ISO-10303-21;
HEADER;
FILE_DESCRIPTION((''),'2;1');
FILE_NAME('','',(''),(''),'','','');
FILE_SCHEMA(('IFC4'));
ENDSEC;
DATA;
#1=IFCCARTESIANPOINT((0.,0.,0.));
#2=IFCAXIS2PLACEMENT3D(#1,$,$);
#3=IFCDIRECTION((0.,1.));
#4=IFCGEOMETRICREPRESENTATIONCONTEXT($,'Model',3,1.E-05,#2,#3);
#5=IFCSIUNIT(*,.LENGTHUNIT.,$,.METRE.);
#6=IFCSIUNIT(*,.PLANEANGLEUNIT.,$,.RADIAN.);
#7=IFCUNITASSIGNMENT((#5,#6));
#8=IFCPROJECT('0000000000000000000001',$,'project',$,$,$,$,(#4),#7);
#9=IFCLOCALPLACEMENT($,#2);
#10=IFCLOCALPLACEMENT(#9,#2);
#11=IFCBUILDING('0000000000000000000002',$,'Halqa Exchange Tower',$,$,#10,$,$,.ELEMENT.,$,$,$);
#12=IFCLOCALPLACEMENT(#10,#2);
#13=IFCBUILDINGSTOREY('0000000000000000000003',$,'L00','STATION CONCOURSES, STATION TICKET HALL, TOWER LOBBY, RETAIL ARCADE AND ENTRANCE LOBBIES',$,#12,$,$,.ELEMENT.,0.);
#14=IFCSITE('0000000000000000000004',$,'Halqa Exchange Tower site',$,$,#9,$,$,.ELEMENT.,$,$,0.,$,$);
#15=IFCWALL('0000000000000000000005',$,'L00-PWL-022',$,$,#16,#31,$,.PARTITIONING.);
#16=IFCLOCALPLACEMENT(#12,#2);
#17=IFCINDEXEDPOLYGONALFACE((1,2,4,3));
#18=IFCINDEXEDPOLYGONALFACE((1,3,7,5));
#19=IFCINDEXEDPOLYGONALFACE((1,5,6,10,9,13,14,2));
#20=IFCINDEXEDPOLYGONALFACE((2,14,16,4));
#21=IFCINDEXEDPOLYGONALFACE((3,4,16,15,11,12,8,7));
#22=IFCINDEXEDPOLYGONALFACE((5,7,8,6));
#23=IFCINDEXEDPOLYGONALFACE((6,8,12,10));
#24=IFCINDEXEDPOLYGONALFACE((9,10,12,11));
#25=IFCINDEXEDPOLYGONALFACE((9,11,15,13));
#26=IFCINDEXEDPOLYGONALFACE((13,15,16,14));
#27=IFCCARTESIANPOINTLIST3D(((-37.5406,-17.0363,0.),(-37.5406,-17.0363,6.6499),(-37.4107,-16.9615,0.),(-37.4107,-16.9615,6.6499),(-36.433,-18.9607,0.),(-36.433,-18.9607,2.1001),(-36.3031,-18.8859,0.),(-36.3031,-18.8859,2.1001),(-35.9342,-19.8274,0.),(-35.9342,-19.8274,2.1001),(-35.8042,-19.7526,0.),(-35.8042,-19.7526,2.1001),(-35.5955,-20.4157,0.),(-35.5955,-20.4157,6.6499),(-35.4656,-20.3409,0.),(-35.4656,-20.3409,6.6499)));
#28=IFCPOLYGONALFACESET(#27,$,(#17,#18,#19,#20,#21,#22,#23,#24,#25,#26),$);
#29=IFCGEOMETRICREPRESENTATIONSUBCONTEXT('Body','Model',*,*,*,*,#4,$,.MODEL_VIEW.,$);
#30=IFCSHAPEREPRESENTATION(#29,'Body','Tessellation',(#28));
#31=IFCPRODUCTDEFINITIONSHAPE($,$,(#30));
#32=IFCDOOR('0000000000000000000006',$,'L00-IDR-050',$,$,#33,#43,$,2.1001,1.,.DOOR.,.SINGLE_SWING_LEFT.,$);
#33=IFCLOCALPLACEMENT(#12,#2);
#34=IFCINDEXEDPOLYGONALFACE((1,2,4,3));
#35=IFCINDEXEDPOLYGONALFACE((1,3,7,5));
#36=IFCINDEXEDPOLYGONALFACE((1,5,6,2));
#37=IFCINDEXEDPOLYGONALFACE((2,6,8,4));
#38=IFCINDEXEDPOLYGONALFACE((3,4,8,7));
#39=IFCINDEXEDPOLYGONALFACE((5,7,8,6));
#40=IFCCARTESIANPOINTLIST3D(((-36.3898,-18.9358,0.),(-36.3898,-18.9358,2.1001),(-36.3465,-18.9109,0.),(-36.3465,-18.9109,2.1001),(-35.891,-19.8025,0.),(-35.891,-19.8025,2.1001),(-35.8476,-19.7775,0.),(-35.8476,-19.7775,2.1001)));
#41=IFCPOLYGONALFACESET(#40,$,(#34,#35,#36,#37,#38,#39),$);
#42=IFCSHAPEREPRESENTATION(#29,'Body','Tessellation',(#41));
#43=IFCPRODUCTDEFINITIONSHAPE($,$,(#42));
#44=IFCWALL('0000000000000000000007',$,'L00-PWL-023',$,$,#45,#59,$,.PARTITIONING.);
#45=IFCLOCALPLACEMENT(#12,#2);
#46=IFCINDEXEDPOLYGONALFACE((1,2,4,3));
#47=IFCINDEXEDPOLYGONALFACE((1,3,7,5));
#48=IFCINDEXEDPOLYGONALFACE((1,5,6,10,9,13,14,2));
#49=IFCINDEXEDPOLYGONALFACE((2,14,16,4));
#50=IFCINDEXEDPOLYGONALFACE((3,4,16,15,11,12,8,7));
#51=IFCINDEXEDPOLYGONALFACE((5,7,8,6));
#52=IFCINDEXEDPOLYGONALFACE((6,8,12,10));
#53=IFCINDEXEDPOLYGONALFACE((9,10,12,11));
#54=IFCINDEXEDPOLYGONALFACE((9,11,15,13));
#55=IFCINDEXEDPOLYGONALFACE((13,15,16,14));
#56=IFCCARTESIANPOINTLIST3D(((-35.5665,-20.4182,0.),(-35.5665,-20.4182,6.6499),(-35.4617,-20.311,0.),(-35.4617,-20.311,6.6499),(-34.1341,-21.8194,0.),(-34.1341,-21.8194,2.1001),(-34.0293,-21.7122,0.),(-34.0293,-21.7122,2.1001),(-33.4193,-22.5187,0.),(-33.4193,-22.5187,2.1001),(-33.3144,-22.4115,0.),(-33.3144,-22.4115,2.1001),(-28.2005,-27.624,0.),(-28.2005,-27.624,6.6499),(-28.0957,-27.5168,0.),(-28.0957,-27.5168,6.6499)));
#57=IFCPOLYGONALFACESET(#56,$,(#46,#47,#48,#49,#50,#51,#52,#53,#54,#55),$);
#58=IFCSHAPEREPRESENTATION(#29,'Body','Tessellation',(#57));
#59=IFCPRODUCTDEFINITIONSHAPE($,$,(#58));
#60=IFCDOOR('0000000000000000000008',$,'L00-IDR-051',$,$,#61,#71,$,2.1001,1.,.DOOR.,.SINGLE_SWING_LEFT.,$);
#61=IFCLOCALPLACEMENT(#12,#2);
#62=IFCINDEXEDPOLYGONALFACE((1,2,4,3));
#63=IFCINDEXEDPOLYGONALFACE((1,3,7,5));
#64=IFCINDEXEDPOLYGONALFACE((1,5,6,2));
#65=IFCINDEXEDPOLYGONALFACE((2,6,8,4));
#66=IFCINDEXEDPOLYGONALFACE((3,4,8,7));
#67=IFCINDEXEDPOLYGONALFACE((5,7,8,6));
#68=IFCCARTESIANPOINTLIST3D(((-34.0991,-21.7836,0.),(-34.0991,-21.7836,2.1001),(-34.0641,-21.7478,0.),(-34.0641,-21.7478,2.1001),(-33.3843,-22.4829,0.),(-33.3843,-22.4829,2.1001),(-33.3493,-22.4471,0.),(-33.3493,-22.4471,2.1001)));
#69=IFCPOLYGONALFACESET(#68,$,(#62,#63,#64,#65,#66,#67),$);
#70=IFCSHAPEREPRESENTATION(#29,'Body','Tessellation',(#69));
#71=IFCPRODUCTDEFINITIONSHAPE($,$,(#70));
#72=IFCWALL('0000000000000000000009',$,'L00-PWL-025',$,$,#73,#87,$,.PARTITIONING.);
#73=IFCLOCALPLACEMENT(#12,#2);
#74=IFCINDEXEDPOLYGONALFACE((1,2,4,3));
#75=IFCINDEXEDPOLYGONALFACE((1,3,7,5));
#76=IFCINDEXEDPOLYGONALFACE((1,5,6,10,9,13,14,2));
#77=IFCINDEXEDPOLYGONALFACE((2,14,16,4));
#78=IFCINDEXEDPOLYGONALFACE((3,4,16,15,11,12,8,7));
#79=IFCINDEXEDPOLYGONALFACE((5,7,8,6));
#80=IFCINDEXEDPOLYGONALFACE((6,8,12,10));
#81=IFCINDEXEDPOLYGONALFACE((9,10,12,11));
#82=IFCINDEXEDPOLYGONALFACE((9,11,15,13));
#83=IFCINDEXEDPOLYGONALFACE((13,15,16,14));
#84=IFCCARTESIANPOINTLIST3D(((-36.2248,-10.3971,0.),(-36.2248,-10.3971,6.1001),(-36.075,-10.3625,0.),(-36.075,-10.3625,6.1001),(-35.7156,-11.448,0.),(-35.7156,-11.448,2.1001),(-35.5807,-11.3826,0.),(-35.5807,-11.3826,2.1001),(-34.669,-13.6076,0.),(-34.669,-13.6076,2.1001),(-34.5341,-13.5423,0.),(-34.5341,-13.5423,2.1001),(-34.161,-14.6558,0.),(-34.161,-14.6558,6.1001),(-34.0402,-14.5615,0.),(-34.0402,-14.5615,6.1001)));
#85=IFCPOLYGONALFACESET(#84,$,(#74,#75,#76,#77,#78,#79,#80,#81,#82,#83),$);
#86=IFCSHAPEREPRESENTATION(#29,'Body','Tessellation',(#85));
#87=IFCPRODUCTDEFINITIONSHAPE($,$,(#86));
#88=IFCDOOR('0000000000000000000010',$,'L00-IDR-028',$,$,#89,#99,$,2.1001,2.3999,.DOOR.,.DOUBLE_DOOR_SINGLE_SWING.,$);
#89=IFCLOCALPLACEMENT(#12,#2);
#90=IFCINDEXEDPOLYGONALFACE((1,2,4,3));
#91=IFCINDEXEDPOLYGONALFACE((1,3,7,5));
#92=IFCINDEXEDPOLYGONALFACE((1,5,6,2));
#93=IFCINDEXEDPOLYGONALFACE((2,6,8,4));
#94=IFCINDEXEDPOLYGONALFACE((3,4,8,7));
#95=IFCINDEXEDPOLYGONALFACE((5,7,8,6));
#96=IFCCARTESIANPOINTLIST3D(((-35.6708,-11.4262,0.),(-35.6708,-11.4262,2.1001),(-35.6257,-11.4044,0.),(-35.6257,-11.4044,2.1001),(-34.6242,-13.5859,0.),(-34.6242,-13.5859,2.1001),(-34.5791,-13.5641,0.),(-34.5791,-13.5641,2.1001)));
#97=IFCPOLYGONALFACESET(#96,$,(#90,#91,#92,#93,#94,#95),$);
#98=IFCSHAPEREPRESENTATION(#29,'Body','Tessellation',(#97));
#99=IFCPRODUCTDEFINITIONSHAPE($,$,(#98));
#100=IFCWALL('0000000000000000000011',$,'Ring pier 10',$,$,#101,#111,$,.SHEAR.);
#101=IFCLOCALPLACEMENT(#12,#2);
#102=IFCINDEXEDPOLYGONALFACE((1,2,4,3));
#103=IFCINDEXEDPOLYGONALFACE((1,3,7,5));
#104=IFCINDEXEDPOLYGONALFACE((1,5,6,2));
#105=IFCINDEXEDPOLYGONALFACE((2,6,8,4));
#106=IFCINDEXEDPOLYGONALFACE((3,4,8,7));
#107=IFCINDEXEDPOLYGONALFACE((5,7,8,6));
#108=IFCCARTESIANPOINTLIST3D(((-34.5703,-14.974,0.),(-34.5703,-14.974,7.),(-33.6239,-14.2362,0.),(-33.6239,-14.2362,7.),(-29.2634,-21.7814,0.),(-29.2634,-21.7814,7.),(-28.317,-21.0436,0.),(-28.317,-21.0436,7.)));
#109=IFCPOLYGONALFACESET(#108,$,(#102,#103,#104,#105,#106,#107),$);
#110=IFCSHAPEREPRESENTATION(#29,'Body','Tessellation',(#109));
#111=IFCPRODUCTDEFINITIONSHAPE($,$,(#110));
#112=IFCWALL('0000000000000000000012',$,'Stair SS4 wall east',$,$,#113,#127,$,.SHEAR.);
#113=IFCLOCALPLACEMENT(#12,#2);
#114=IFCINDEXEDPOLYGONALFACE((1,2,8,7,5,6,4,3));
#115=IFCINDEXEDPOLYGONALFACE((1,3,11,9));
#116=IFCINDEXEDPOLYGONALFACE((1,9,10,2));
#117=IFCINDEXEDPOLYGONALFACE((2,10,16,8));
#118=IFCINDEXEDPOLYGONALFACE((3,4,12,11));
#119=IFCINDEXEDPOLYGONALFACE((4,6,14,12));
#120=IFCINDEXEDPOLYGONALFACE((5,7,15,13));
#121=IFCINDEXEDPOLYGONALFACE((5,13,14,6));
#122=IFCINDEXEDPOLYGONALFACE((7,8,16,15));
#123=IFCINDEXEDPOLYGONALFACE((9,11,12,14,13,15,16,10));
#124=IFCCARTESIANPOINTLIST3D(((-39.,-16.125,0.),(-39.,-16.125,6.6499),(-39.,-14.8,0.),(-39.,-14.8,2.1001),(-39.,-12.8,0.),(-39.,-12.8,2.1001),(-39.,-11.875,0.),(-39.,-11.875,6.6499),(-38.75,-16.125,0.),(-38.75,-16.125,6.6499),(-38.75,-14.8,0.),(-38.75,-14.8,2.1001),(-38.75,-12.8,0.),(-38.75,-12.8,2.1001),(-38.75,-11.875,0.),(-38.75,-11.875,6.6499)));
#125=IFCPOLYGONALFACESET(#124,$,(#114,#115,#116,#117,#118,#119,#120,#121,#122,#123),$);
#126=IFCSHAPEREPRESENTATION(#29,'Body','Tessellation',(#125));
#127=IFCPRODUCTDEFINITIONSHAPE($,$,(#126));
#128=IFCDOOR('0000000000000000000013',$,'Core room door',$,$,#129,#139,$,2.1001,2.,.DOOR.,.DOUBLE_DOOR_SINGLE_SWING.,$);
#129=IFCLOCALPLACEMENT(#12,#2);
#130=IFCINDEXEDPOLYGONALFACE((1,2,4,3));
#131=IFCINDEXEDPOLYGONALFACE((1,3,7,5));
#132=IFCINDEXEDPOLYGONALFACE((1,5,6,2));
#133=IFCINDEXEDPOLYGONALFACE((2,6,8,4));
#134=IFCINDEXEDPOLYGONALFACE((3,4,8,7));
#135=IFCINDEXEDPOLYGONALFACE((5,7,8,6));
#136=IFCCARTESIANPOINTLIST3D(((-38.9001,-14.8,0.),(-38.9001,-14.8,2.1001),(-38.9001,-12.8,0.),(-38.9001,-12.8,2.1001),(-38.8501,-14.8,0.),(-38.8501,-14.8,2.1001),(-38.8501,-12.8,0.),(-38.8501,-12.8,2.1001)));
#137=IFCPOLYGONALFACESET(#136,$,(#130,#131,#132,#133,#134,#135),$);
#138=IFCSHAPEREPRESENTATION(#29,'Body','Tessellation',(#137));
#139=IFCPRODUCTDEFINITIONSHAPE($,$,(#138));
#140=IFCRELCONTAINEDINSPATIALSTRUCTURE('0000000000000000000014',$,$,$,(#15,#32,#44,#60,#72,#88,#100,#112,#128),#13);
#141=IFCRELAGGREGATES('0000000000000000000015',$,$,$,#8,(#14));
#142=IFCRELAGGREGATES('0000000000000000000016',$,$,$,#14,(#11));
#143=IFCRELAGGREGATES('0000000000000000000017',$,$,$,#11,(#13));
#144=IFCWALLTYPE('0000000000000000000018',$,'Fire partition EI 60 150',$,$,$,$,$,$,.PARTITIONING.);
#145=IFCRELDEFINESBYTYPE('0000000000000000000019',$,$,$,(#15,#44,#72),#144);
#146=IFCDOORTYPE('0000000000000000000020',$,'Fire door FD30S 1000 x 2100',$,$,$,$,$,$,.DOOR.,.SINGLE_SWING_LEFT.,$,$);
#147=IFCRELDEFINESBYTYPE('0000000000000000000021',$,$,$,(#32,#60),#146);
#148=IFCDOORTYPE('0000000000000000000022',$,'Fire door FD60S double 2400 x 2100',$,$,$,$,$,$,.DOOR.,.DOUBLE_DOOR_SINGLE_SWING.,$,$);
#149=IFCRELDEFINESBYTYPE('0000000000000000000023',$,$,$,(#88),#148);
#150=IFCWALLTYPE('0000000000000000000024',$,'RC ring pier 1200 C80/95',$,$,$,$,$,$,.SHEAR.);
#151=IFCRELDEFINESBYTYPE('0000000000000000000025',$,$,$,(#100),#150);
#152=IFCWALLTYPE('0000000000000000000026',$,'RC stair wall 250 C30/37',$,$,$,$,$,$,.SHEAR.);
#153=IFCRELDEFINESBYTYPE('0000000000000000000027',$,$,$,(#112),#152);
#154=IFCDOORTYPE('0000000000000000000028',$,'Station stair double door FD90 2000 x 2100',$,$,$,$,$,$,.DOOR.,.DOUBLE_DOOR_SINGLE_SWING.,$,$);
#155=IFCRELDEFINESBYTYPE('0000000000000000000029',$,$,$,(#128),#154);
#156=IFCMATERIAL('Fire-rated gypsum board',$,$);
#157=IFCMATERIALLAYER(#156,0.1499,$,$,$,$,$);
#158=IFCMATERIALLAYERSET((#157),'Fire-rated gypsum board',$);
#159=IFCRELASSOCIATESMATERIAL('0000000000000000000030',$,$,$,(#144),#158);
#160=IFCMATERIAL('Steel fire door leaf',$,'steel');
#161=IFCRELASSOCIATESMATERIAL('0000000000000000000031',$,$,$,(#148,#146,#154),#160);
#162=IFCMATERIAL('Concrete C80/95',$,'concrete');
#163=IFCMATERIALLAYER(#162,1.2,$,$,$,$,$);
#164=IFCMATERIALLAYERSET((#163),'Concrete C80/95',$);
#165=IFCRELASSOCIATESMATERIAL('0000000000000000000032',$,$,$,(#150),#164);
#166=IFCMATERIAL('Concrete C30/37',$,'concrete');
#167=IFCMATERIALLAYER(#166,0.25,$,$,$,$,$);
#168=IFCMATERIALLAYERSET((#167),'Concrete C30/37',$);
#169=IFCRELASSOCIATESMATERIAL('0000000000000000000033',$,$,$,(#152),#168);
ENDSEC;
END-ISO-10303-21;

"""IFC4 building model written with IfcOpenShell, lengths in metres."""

from ifc_helpers import new_model, si_unit, direction, frame, frame_2d, origin, place, context, subcontext, project, spatial, polyline, rectangle, outline, extrude, material, layer, layer_set, type_object, element, fill, save


model = new_model("IFC4")

# Units and contexts
model_context = context("Model", 3, precision=1e-05, world=origin(), true_north=direction((0.0, 1.0)))
body_context = subcontext(model_context, "Body", "Model", "MODEL_VIEW")
ifc_project = project(units=[si_unit("LENGTHUNIT", "METRE"), si_unit("PLANEANGLEUNIT", "RADIAN")], contexts=[model_context])

# Site, building, storey
site_placement = place(None, origin())
site = spatial("IfcSite", under=ifc_project, at=site_placement, Name="Halqa Exchange Tower site", CompositionType="ELEMENT", RefElevation=0.0)
building_placement = place(site_placement, origin())
building = spatial("IfcBuilding", under=site, at=building_placement, Name="Halqa Exchange Tower", CompositionType="ELEMENT")
storey_placement = place(building_placement, origin())
storey = spatial("IfcBuildingStorey", under=building, at=storey_placement, Name="L00", Description="STATION CONCOURSES, STATION TICKET HALL, TOWER LOBBY, RETAIL ARCADE AND ENTRANCE LOBBIES", CompositionType="ELEMENT", Elevation=0.0)

# Shared definitions
ifc_material_1 = material(Name="Fire-rated gypsum board")
ifc_layer_1 = layer(ifc_material_1, 0.1499)
ifc_layer_set_1 = layer_set([ifc_layer_1], Name="Fire-rated gypsum board")
wall_type_1 = type_object("IfcWallType", Name="Fire partition EI 60 150", PredefinedType="PARTITIONING", material=ifc_layer_set_1)

# Shared definitions
ifc_material_2 = material(Name="Steel fire door leaf", Category="steel")
door_type_1 = type_object("IfcDoorType", Name="Fire door FD60S double 2400 x 2100", OperationType="DOUBLE_DOOR_SINGLE_SWING", PredefinedType="DOOR", material=ifc_material_2)

# Walls, openings, doors
wall_1_placement = place(storey_placement, frame((-35.5305, -20.3784, 0.0), z_axis=(0.0, 0.0, 1.0), x_axis=(-0.49884, 0.866694, 0.0)))
wall_1 = element("IfcWall", 1, at=wall_1_placement, inside=storey, type_object=wall_type_1, Name="L00-PWL-022", PredefinedType="PARTITIONING", context=body_context, shape_type="SweptSolid", body=[
    extrude(rectangle(XDim=3.8992, YDim=0.1499, at=frame_2d((1.9497, 0.0))), origin(), (0.0, 0.0, 1.0), 6.6499),
])
opening_1_placement = place(wall_1_placement, frame((0.679, 0.0, 0.0)))
opening_1 = element("IfcOpeningElement", 2, at=opening_1_placement, cuts=wall_1, PredefinedType="OPENING", context=body_context, shape_type="SweptSolid", body=[
    extrude(rectangle(XDim=1.0, YDim=2.1001, at=frame_2d((0.5, 1.05))), frame((0.0, 0.0869, 0.0), z_axis=(0.0, -1.0, 0.0), x_axis=(1.0, 0.0, 0.0)), (0.0, 0.0, 1.0), 0.1738),
])
door_type_2 = type_object("IfcDoorType", Name="Fire door FD30S 1000 x 2100", OperationType="SINGLE_SWING_LEFT", PredefinedType="DOOR", material=ifc_material_2)
door_1_placement = place(opening_1_placement, frame((1.0, 0.0, 0.0), z_axis=(0.0, 0.0, 1.0), x_axis=(-1.0, 0.0, 0.0)))
door_1 = element("IfcDoor", 3, at=door_1_placement, inside=storey, type_object=door_type_2, Name="L00-IDR-050", OperationType="SINGLE_SWING_LEFT", OverallHeight=2.1001, OverallWidth=1.0, PredefinedType="DOOR", context=body_context, shape_type="SweptSolid", body=[
    extrude(rectangle(XDim=1.0, YDim=2.1001, at=frame_2d((0.5, 1.05))), frame((0.0, 0.0249, 0.0), z_axis=(0.0, -1.0, 0.0), x_axis=(1.0, 0.0, 0.0)), (0.0, 0.0, 1.0), 0.05),
])
fill(opening_1, door_1)
wall_2_placement = place(storey_placement, frame((-35.5142, -20.3645, 0.0), z_axis=(0.0, 0.0, 1.0), x_axis=(0.714835, -0.699293, 0.0)))
wall_2 = element("IfcWall", 4, at=wall_2_placement, inside=storey, type_object=wall_type_1, Name="L00-PWL-023", PredefinedType="PARTITIONING", context=body_context, shape_type="SweptSolid", body=[
    extrude(rectangle(XDim=10.3044, YDim=0.1499, at=frame_2d((5.1523, 0.0))), origin(), (0.0, 0.0, 1.0), 6.6499),
])
opening_2_placement = place(wall_2_placement, frame((2.0039, 0.0, 0.0)))
opening_2 = element("IfcOpeningElement", 5, at=opening_2_placement, cuts=wall_2, PredefinedType="OPENING", context=body_context, shape_type="SweptSolid", body=[
    extrude(rectangle(XDim=1.0, YDim=2.1001, at=frame_2d((0.5, 1.05))), frame((0.0, 0.0869, 0.0), z_axis=(0.0, -1.0, 0.0), x_axis=(1.0, 0.0, 0.0)), (0.0, 0.0, 1.0), 0.1738),
])
door_2_placement = place(opening_2_placement, frame((1.0, 0.0, 0.0), z_axis=(0.0, 0.0, 1.0), x_axis=(-1.0, 0.0, 0.0)))
door_2 = element("IfcDoor", 6, at=door_2_placement, inside=storey, type_object=door_type_2, Name="L00-IDR-051", OperationType="SINGLE_SWING_LEFT", OverallHeight=2.1001, OverallWidth=1.0, PredefinedType="DOOR", context=body_context, shape_type="SweptSolid", body=[
    extrude(rectangle(XDim=1.0, YDim=2.1001, at=frame_2d((0.5, 1.05))), frame((0.0, 0.0249, 0.0), z_axis=(0.0, -1.0, 0.0), x_axis=(1.0, 0.0, 0.0)), (0.0, 0.0, 1.0), 0.05),
])
fill(opening_2, door_2)
wall_3_placement = place(storey_placement, frame((-34.1006, -14.6086, 0.0), z_axis=(0.0, 0.0, 1.0), x_axis=(-0.436103, 0.899897, 0.0)))
wall_3 = element("IfcWall", 7, at=wall_3_placement, inside=storey, type_object=wall_type_1, Name="L00-PWL-025", PredefinedType="PARTITIONING", context=body_context, shape_type="SweptSolid", body=[
    extrude(outline(polyline([(0.0161, -0.075), (4.6821, -0.075), (4.7163, 0.075), (-0.0161, 0.075), (0.0161, -0.075)])), origin(), (0.0, 0.0, 1.0), 6.1001),
])
opening_3_placement = place(wall_3_placement, frame((1.1487, 0.0, 0.0)))
opening_3 = element("IfcOpeningElement", 8, at=opening_3_placement, cuts=wall_3, PredefinedType="OPENING", context=body_context, shape_type="SweptSolid", body=[
    extrude(rectangle(XDim=2.3999, YDim=2.1001, at=frame_2d((1.2, 1.05))), frame((0.0, 0.0869, 0.0), z_axis=(0.0, -1.0, 0.0), x_axis=(1.0, 0.0, 0.0)), (0.0, 0.0, 1.0), 0.1738),
])
door_3_placement = place(opening_3_placement, frame((2.3999, 0.0, 0.0), z_axis=(0.0, 0.0, 1.0), x_axis=(-1.0, 0.0, 0.0)))
door_3 = element("IfcDoor", 9, at=door_3_placement, inside=storey, type_object=door_type_1, Name="L00-IDR-028", OperationType="DOUBLE_DOOR_SINGLE_SWING", OverallHeight=2.1001, OverallWidth=2.3999, PredefinedType="DOOR", context=body_context, shape_type="SweptSolid", body=[
    extrude(rectangle(XDim=2.3999, YDim=2.1001, at=frame_2d((1.2, 1.05))), frame((0.0, 0.0249, 0.0), z_axis=(0.0, -1.0, 0.0), x_axis=(1.0, 0.0, 0.0)), (0.0, 0.0, 1.0), 0.05),
])
fill(opening_3, door_3)

# Wall
ifc_material_3 = material(Name="Concrete C80/95", Category="concrete")
ifc_layer_2 = layer(ifc_material_3, 1.2)
ifc_layer_set_2 = layer_set([ifc_layer_2], Name="Concrete C80/95")
wall_type_2 = type_object("IfcWallType", Name="RC ring pier 1200 C80/95", PredefinedType="SHEAR", material=ifc_layer_set_2)
wall_4_placement = place(storey_placement, frame((-34.0972, -14.605, 0.0), z_axis=(0.0, 0.0, 1.0), x_axis=(0.614825, -0.788663, 0.0)))
element("IfcWall", 10, at=wall_4_placement, inside=storey, type_object=wall_type_2, Name="Ring pier 10", PredefinedType="SHEAR", context=body_context, shape_type="SweptSolid", body=[
    extrude(rectangle(XDim=8.6316, YDim=1.2, at=frame_2d((4.3159, 0.0))), origin(), (0.0, 0.0, 1.0), 7.0),
])

# Wall, opening, door
ifc_material_4 = material(Name="Concrete C30/37", Category="concrete")
ifc_layer_3 = layer(ifc_material_4, 0.25)
ifc_layer_set_3 = layer_set([ifc_layer_3], Name="Concrete C30/37")
wall_type_3 = type_object("IfcWallType", Name="RC stair wall 250 C30/37", PredefinedType="SHEAR", material=ifc_layer_set_3)
wall_5_placement = place(storey_placement, frame((-38.875, -16.125, 0.0), z_axis=(0.0, 0.0, 1.0), x_axis=(0.0, 1.0, 0.0)))
wall_5 = element("IfcWall", 11, at=wall_5_placement, inside=storey, type_object=wall_type_3, Name="Stair SS4 wall east", PredefinedType="SHEAR", context=body_context, shape_type="SweptSolid", body=[
    extrude(rectangle(XDim=4.25, YDim=0.25, at=frame_2d((2.125, 0.0))), origin(), (0.0, 0.0, 1.0), 6.6499),
])
opening_4_placement = place(wall_5_placement, frame((1.325, 0.0, 0.0)))
opening_4 = element("IfcOpeningElement", 12, at=opening_4_placement, cuts=wall_5, PredefinedType="OPENING", context=body_context, shape_type="SweptSolid", body=[
    extrude(rectangle(XDim=2.0, YDim=2.1001, at=frame_2d((1.0, 1.05))), frame((0.0, 0.137, 0.0), z_axis=(0.0, -1.0, 0.0), x_axis=(1.0, 0.0, 0.0)), (0.0, 0.0, 1.0), 0.2739),
])
door_type_3 = type_object("IfcDoorType", Name="Station stair double door FD90 2000 x 2100", OperationType="DOUBLE_DOOR_SINGLE_SWING", PredefinedType="DOOR", material=ifc_material_2)
door_4_placement = place(opening_4_placement, frame((2.0, 0.0, 0.0), z_axis=(0.0, 0.0, 1.0), x_axis=(-1.0, 0.0, 0.0)))
door_4 = element("IfcDoor", 13, at=door_4_placement, inside=storey, type_object=door_type_3, Name="Core room door", OperationType="DOUBLE_DOOR_SINGLE_SWING", OverallHeight=2.1001, OverallWidth=2.0, PredefinedType="DOOR", context=body_context, shape_type="SweptSolid", body=[
    extrude(rectangle(XDim=2.0, YDim=2.1001, at=frame_2d((1.0, 1.05))), frame((0.0, 0.0249, 0.0), z_axis=(0.0, -1.0, 0.0), x_axis=(1.0, 0.0, 0.0)), (0.0, 0.0, 1.0), 0.05),
])
fill(opening_4, door_4)

save(model, "model.ifc")
